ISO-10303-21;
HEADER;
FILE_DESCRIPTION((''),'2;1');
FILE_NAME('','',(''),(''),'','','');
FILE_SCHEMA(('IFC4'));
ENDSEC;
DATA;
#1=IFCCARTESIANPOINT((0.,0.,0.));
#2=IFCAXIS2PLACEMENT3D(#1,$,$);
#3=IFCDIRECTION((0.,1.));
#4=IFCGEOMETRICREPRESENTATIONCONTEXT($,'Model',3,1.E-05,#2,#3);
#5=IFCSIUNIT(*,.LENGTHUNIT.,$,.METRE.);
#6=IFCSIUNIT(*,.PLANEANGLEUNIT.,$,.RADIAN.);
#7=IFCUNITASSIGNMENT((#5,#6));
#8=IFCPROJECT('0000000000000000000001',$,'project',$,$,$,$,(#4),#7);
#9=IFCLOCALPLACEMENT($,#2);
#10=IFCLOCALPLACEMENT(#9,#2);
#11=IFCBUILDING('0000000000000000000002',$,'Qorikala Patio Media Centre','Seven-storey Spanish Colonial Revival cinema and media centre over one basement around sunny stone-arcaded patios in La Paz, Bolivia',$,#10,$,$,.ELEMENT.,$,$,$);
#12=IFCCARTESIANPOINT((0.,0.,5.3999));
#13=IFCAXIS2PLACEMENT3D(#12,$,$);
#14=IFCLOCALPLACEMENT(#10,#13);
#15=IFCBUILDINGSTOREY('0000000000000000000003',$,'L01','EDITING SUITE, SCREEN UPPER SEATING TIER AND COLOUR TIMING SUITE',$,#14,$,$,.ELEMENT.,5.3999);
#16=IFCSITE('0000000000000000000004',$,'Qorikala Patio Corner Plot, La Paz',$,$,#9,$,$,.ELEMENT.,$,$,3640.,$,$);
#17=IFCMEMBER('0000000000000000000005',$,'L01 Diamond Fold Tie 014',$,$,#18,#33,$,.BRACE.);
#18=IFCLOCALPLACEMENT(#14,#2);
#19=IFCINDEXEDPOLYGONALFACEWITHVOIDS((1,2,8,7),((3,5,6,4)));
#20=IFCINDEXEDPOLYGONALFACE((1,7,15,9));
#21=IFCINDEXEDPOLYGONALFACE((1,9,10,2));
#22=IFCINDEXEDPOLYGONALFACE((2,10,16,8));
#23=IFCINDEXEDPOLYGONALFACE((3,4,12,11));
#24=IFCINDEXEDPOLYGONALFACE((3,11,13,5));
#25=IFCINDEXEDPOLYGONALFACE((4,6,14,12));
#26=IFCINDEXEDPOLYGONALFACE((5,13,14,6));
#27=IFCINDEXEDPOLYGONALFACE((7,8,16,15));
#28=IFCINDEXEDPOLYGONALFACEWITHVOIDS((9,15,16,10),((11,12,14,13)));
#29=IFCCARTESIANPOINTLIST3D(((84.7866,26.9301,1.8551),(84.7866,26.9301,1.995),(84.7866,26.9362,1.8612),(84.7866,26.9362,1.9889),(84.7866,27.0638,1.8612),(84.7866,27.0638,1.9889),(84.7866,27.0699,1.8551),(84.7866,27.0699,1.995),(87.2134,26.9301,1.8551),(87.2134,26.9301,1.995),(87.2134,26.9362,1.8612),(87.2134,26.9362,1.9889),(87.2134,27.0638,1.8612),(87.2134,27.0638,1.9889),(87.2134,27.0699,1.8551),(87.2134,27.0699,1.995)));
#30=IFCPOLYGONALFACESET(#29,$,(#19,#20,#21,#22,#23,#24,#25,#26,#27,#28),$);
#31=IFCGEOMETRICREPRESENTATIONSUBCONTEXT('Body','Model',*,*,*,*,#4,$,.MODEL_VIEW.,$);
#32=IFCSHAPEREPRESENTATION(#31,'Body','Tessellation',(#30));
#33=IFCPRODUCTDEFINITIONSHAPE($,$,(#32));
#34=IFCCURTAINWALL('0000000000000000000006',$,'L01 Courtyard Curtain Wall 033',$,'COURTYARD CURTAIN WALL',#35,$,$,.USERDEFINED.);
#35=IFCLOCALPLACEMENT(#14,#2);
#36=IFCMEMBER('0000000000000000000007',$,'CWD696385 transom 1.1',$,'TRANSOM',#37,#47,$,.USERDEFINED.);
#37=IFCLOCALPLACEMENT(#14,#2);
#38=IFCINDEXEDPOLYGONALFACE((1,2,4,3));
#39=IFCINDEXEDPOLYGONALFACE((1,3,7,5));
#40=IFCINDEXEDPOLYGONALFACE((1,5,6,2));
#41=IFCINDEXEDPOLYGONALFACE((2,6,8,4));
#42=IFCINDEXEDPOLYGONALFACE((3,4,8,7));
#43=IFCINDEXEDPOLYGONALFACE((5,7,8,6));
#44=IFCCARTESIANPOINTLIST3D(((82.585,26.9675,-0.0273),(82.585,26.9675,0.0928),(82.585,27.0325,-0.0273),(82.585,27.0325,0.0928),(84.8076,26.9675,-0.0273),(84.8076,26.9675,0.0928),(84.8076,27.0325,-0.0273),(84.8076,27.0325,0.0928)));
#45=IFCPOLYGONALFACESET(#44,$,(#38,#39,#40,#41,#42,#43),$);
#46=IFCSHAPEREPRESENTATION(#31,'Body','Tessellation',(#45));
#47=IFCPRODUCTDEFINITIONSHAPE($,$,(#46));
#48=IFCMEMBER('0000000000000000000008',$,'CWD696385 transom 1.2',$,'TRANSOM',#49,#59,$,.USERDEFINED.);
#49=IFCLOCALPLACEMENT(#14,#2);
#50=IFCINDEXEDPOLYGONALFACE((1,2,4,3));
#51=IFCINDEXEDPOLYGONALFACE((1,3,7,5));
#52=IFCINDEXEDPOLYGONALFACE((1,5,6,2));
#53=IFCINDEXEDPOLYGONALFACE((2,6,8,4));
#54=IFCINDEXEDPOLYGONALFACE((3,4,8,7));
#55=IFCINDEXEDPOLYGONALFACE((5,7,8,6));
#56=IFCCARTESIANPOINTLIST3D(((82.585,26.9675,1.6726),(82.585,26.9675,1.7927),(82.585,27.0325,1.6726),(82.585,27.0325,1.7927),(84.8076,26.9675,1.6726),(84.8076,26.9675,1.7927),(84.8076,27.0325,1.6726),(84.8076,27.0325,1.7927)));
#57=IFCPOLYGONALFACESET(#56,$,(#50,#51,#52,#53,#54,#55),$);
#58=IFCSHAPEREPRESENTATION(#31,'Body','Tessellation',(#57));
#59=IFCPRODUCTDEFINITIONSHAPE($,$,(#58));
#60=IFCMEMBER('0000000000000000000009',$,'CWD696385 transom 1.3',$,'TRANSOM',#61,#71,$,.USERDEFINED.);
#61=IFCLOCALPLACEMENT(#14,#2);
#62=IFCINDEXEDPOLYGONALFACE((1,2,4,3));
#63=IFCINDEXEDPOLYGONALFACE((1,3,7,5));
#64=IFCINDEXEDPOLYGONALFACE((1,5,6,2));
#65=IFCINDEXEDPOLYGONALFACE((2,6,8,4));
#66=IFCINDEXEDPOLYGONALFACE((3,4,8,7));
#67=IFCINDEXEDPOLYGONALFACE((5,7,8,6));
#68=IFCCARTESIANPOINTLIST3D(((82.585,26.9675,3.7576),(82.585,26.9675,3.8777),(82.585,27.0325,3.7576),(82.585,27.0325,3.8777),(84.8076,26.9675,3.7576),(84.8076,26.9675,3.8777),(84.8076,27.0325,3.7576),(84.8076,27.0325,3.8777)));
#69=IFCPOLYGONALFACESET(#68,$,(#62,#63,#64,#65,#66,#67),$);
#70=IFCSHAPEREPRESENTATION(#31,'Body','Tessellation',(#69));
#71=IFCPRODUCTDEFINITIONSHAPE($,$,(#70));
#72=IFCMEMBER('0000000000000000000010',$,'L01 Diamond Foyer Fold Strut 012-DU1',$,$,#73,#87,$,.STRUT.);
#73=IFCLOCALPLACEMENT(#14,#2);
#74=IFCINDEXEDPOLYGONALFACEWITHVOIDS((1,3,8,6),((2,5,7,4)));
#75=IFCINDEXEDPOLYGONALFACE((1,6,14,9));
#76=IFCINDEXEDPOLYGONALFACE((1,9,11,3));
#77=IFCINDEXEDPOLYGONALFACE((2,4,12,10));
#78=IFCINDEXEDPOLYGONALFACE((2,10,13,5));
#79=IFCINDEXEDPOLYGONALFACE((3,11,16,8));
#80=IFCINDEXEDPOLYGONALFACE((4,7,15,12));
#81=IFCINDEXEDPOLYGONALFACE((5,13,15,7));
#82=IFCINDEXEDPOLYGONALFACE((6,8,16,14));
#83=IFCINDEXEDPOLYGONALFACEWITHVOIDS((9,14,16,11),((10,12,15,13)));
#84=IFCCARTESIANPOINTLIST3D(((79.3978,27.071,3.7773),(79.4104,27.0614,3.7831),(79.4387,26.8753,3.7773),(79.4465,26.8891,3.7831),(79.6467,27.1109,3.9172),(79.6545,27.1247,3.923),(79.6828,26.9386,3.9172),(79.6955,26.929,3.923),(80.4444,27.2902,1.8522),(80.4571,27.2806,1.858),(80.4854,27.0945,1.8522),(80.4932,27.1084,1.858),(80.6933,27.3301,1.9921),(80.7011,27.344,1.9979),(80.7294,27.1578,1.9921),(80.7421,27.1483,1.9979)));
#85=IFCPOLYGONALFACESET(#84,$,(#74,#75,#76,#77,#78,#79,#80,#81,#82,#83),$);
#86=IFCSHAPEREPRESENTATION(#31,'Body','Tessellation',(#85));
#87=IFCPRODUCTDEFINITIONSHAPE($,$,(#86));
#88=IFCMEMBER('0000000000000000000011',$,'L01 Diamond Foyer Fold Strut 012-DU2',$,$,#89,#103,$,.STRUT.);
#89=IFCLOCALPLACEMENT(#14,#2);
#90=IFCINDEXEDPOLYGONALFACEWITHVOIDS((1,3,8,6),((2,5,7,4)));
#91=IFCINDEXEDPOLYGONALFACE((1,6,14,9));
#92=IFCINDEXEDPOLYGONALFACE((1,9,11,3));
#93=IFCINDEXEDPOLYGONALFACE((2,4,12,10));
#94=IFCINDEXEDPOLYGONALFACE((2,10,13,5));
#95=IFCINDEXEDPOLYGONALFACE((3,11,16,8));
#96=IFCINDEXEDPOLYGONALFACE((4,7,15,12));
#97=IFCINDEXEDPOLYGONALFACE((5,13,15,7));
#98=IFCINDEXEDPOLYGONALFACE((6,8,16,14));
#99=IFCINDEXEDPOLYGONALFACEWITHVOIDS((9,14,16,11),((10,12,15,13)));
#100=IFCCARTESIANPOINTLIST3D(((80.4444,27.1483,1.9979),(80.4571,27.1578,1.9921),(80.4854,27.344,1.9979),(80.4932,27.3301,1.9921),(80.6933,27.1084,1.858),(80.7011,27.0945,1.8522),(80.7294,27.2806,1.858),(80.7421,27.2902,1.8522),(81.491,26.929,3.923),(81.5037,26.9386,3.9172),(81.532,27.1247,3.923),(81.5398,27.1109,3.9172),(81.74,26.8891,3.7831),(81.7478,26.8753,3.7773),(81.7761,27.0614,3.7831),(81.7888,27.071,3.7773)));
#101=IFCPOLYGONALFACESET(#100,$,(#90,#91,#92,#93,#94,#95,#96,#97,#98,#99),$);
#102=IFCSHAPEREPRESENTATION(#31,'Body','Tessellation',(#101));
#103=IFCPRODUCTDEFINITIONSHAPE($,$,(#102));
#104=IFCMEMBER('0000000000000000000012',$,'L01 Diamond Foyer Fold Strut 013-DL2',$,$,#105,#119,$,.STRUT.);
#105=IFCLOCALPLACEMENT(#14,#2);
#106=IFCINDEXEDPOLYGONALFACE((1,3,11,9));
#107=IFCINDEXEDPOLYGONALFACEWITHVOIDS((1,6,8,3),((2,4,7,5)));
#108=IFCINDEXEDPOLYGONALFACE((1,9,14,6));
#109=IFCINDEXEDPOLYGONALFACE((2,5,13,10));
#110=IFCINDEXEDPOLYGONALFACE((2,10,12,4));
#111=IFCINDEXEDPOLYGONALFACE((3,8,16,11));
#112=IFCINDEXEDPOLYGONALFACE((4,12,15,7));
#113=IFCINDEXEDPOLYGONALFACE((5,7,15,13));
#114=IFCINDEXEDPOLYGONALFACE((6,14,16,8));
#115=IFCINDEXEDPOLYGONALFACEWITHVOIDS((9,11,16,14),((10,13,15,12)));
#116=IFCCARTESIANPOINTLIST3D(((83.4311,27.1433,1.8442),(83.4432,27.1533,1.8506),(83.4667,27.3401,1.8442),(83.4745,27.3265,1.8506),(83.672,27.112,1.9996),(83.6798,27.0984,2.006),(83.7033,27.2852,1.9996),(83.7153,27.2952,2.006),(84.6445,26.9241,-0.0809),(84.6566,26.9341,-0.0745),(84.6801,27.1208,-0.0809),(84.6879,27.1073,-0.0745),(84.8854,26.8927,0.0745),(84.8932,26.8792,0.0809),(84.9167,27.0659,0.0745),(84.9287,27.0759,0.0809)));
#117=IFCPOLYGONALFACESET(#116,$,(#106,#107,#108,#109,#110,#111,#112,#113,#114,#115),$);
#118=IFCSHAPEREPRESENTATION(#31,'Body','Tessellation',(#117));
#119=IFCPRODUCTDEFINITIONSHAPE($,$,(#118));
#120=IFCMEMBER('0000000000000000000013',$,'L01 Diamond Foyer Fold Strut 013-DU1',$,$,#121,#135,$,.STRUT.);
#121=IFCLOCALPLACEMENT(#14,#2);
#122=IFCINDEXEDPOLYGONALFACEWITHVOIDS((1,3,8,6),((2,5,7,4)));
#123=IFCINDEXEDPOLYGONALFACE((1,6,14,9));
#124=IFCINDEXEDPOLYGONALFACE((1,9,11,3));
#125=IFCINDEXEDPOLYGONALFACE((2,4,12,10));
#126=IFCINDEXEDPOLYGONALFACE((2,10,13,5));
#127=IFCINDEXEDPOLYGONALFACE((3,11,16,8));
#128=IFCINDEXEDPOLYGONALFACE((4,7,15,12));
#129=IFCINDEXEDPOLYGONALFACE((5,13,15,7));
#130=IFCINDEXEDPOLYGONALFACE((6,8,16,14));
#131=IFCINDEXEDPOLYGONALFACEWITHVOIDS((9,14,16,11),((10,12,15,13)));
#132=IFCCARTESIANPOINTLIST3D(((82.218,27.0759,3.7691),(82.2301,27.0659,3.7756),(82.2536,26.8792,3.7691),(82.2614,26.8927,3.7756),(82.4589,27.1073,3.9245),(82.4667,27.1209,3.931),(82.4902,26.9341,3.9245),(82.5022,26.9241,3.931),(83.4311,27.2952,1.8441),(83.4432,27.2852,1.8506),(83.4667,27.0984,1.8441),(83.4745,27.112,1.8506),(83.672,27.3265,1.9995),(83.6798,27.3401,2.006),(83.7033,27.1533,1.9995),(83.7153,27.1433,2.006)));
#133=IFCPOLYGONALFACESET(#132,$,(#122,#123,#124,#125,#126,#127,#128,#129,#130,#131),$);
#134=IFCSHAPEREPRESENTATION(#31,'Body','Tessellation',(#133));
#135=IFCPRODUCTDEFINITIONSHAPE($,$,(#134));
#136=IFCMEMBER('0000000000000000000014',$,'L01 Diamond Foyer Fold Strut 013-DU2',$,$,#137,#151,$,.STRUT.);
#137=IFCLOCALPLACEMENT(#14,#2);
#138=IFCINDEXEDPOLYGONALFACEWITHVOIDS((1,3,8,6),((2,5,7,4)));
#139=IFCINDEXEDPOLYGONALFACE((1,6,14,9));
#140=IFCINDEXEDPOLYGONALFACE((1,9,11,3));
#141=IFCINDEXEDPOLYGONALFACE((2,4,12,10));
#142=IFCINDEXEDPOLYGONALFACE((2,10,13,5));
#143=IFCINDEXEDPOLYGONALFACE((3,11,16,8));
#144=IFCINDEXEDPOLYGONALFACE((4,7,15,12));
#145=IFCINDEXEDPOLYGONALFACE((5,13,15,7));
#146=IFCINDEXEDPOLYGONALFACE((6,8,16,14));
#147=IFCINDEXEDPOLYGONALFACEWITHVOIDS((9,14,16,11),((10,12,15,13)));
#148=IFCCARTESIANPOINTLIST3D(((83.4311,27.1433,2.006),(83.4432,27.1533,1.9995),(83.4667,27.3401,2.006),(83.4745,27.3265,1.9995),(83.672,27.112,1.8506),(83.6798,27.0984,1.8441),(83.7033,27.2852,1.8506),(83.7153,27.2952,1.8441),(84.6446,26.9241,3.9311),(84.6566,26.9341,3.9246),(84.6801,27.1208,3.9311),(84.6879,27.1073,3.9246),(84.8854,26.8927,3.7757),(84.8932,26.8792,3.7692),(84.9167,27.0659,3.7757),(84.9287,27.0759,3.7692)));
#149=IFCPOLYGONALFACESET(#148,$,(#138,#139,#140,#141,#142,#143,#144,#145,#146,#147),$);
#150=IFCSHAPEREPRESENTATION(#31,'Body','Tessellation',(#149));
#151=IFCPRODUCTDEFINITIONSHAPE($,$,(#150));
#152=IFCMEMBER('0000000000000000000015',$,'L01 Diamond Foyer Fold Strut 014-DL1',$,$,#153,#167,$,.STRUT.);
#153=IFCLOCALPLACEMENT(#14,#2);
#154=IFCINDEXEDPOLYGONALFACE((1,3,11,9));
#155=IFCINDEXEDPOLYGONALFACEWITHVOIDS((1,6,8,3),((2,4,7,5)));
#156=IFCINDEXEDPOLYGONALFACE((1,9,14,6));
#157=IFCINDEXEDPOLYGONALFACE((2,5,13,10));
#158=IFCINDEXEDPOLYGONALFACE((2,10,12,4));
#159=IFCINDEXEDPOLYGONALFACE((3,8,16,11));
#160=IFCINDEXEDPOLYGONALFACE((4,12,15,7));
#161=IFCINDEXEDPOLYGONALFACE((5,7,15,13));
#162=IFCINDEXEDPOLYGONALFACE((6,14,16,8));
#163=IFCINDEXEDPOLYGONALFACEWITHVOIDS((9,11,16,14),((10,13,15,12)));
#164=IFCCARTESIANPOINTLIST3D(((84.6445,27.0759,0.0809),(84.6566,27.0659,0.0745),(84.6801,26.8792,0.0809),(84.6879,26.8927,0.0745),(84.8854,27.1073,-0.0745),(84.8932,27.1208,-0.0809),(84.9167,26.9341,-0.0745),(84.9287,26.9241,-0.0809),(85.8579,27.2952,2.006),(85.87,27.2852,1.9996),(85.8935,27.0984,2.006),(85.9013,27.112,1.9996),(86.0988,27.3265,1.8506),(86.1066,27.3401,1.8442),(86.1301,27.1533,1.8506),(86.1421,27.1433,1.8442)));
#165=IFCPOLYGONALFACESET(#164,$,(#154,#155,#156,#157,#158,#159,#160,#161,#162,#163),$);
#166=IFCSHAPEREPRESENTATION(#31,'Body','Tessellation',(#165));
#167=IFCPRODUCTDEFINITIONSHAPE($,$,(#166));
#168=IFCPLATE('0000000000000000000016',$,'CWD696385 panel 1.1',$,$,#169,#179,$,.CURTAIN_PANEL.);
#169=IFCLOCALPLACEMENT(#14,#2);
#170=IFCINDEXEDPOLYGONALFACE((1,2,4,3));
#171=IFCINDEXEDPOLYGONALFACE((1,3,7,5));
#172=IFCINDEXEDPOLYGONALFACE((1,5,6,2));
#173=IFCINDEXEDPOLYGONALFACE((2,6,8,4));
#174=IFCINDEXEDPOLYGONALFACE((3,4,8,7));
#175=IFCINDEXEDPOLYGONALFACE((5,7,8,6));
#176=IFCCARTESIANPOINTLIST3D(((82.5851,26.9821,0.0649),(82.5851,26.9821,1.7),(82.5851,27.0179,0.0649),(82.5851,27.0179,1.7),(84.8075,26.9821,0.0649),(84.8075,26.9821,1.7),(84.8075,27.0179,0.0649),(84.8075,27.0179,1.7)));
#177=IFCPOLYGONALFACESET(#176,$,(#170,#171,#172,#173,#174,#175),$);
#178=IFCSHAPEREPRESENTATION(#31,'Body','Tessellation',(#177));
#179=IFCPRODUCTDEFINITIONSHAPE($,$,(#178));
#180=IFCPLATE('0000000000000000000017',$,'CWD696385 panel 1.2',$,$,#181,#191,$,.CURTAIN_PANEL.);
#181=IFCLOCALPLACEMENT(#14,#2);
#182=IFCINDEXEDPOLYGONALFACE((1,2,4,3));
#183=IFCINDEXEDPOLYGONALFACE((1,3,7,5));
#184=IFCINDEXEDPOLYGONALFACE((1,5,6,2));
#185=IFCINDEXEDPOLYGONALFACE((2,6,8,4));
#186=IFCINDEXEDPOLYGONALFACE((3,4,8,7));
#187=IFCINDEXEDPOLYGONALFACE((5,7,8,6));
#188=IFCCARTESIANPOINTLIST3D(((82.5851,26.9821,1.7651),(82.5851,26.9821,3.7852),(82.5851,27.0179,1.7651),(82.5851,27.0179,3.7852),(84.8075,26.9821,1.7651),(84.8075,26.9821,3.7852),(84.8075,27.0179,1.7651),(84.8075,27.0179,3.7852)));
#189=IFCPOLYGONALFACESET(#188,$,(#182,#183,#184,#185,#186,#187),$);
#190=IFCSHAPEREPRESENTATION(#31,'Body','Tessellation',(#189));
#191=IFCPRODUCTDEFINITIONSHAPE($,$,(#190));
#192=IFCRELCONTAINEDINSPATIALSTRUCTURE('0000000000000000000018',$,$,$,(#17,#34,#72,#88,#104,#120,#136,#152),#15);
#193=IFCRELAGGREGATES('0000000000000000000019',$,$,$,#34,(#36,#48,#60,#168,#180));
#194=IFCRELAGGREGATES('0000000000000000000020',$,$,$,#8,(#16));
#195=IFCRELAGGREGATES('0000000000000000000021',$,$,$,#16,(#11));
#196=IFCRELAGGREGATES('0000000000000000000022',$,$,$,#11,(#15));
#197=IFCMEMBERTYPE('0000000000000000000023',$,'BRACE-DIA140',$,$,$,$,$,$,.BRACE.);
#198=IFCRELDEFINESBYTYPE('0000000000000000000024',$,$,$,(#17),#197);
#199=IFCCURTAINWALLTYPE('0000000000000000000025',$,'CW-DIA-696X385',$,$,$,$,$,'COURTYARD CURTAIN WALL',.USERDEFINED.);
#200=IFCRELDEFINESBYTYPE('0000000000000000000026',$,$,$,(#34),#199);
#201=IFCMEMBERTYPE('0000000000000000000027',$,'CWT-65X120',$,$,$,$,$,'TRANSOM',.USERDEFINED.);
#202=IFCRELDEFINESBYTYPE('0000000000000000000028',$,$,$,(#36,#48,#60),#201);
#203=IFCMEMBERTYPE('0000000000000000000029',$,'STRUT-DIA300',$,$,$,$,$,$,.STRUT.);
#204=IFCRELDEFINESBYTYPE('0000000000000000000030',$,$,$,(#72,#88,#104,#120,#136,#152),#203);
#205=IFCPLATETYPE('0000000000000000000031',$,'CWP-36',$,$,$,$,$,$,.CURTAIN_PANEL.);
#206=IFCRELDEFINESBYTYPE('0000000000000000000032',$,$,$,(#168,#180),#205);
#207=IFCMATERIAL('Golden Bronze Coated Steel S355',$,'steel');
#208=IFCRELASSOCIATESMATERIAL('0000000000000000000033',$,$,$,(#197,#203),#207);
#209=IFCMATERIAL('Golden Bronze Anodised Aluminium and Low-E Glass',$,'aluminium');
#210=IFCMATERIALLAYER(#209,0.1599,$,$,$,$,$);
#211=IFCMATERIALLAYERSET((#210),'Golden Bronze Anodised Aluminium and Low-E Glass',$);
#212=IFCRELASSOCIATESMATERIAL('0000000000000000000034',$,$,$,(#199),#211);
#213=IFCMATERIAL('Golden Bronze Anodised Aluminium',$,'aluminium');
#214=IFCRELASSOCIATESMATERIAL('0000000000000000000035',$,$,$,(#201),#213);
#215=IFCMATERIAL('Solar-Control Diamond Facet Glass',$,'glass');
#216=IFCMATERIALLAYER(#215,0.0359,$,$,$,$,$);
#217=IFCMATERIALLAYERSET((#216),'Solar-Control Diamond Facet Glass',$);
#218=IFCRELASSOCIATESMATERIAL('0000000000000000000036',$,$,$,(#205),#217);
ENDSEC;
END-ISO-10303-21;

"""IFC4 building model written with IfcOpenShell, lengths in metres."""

from ifc_helpers import new_model, si_unit, direction, frame, origin, origin_2d, place, context, subcontext, project, spatial, rectangle, hollow_rectangle, extrude, material, layer, layer_set, material_profile, profile_set, type_object, element, aggregate, save


model = new_model("IFC4")

# Units and contexts
model_context = context("Model", 3, precision=1e-05, world=origin(), true_north=direction((0.0, 1.0)))
body_context = subcontext(model_context, "Body", "Model", "MODEL_VIEW")
ifc_project = project(units=[si_unit("LENGTHUNIT", "METRE"), si_unit("PLANEANGLEUNIT", "RADIAN")], contexts=[model_context])

# Site, building, storey
site_placement = place(None, origin())
site = spatial("IfcSite", under=ifc_project, at=site_placement, Name="Qorikala Patio Corner Plot, La Paz", CompositionType="ELEMENT", RefElevation=3640.0)
building_placement = place(site_placement, origin())
building = spatial("IfcBuilding", under=site, at=building_placement, Name="Qorikala Patio Media Centre", Description="Seven-storey Spanish Colonial Revival cinema and media centre over one basement around sunny stone-arcaded patios in La Paz, Bolivia", CompositionType="ELEMENT")
storey_placement = place(building_placement, frame((0.0, 0.0, 5.3999)))
storey = spatial("IfcBuildingStorey", under=building, at=storey_placement, Name="L01", Description="EDITING SUITE, SCREEN UPPER SEATING TIER AND COLOUR TIMING SUITE", CompositionType="ELEMENT", Elevation=5.3999)

# Member
ifc_material_1 = material(Name="Golden Bronze Coated Steel S355", Category="steel")
ifc_material_profile_1 = material_profile(ifc_material_1, hollow_rectangle(XDim=0.1399, YDim=0.1399, WallThickness=0.0061, at=origin_2d()), Name="HSS140X140X6")
ifc_profile_set_1 = profile_set([ifc_material_profile_1], Name="Golden Bronze Coated Steel S355")
member_type_1 = type_object("IfcMemberType", Name="BRACE-DIA140", PredefinedType="BRACE", material=ifc_profile_set_1)
member_1_placement = place(storey_placement, frame((84.7866, 27.0, 1.925), z_axis=(1.0, 0.0, 0.0), x_axis=(0.0, 1.0, 0.0)))
element("IfcMember", 1, at=member_1_placement, inside=storey, type_object=member_type_1, Name="L01 Diamond Fold Tie 014", PredefinedType="BRACE", context=body_context, shape_type="SweptSolid", body=[
    extrude(hollow_rectangle(XDim=0.1399, YDim=0.1399, WallThickness=0.0061, at=origin_2d()), origin(), (0.0, 0.0, 1.0), 2.4268),
])

# Curtain wall, members
ifc_material_2 = material(Name="Golden Bronze Anodised Aluminium and Low-E Glass", Category="aluminium")
ifc_layer_1 = layer(ifc_material_2, 0.1599)
ifc_layer_set_1 = layer_set([ifc_layer_1], Name="Golden Bronze Anodised Aluminium and Low-E Glass")
curtain_wall_type = type_object("IfcCurtainWallType", Name="CW-DIA-696X385", ElementType="COURTYARD CURTAIN WALL", PredefinedType="USERDEFINED", material=ifc_layer_set_1)
curtain_wall_placement = place(storey_placement, origin())
curtain_wall = element("IfcCurtainWall", 2, at=curtain_wall_placement, inside=storey, type_object=curtain_wall_type, Name="L01 Courtyard Curtain Wall 033", ObjectType="COURTYARD CURTAIN WALL", PredefinedType="USERDEFINED")
ifc_material_3 = material(Name="Golden Bronze Anodised Aluminium", Category="aluminium")
ifc_material_profile_2 = material_profile(ifc_material_3, rectangle(XDim=0.0649, YDim=0.1201, at=origin_2d()), Name="ALU TRANSOM 65x120")
ifc_profile_set_2 = profile_set([ifc_material_profile_2], Name="Golden Bronze Anodised Aluminium")
member_type_2 = type_object("IfcMemberType", Name="CWT-65X120", ElementType="TRANSOM", PredefinedType="USERDEFINED", material=ifc_profile_set_2)
member_2_placement = place(storey_placement, frame((82.585, 27.0, 0.0327), z_axis=(1.0, 0.0, 0.0), x_axis=(0.0, 1.0, 0.0)))
member_2 = element("IfcMember", 3, at=member_2_placement, type_object=member_type_2, Name="CWD696385 transom 1.1", ObjectType="TRANSOM", PredefinedType="USERDEFINED", context=body_context, shape_type="SweptSolid", body=[
    extrude(rectangle(XDim=0.0649, YDim=0.1201, at=origin_2d()), origin(), (0.0, 0.0, 1.0), 2.2227),
])
member_3_placement = place(storey_placement, frame((82.585, 27.0, 1.7327), z_axis=(1.0, 0.0, 0.0), x_axis=(0.0, 1.0, 0.0)))
member_3 = element("IfcMember", 4, at=member_3_placement, type_object=member_type_2, Name="CWD696385 transom 1.2", ObjectType="TRANSOM", PredefinedType="USERDEFINED", context=body_context, shape_type="SweptSolid", body=[
    extrude(rectangle(XDim=0.0649, YDim=0.1201, at=origin_2d()), origin(), (0.0, 0.0, 1.0), 2.2227),
])
member_4_placement = place(storey_placement, frame((82.585, 27.0, 3.8176), z_axis=(1.0, 0.0, 0.0), x_axis=(0.0, 1.0, 0.0)))
member_4 = element("IfcMember", 5, at=member_4_placement, type_object=member_type_2, Name="CWD696385 transom 1.3", ObjectType="TRANSOM", PredefinedType="USERDEFINED", context=body_context, shape_type="SweptSolid", body=[
    extrude(rectangle(XDim=0.0649, YDim=0.1201, at=origin_2d()), origin(), (0.0, 0.0, 1.0), 2.2227),
])

# Members
ifc_material_profile_3 = material_profile(ifc_material_1, hollow_rectangle(XDim=0.2, YDim=0.3, WallThickness=0.012, at=origin_2d()), Name="HSS300X200X12")
ifc_profile_set_3 = profile_set([ifc_material_profile_3], Name="Golden Bronze Coated Steel S355")
member_type_3 = type_object("IfcMemberType", Name="STRUT-DIA300", PredefinedType="STRUT", material=ifc_profile_set_3)
for number, where, z_axis, x_axis, name in (
    (6, (80.5933, 27.2192, 1.925), (-0.475284, -0.099558, 0.874181), (0.205021, -0.978758, 0.0), "L01 Diamond Foyer Fold Strut 012-DU1"),
    (7, (80.5933, 27.2192, 1.925), (0.475284, -0.099558, 0.874181), (0.205021, 0.978758, 0.0), "L01 Diamond Foyer Fold Strut 012-DU2"),
):
    element("IfcMember", number, at=place(storey_placement, frame(where, z_axis=z_axis, x_axis=x_axis)), inside=storey, type_object=member_type_3, Name=name, PredefinedType="STRUT", context=body_context, shape_type="SweptSolid", body=[
        extrude(hollow_rectangle(XDim=0.2, YDim=0.3, WallThickness=0.012, at=origin_2d()), origin(), (0.0, 0.0, 1.0), 2.2021),
    ])
member_5_placement = place(storey_placement, frame((84.7866, 27.0, 0.0), z_axis=(-0.530768, 0.095901, 0.842074), x_axis=(-0.177805, -0.984066, 0.0)))
element("IfcMember", 8, at=member_5_placement, inside=storey, type_object=member_type_3, Name="L01 Diamond Foyer Fold Strut 013-DL2", PredefinedType="STRUT", context=body_context, shape_type="SweptSolid", body=[
    extrude(hollow_rectangle(XDim=0.2, YDim=0.3, WallThickness=0.012, at=origin_2d()), origin(), (0.0, 0.0, 1.0), 2.2861),
])
member_6_placement = place(storey_placement, frame((83.5732, 27.2192, 1.925), z_axis=(-0.530691, -0.095907, 0.842121), x_axis=(0.17784, -0.984059, 0.0)))
element("IfcMember", 9, at=member_6_placement, inside=storey, type_object=member_type_3, Name="L01 Diamond Foyer Fold Strut 013-DU1", PredefinedType="STRUT", context=body_context, shape_type="SweptSolid", body=[
    extrude(hollow_rectangle(XDim=0.2, YDim=0.3, WallThickness=0.012, at=origin_2d()), origin(), (0.0, 0.0, 1.0), 2.2859),
])
for number, where, z_axis, x_axis, name in (
    (10, (83.5732, 27.2192, 1.925), (0.530768, -0.095901, 0.842074), (0.177805, 0.984066, 0.0), "L01 Diamond Foyer Fold Strut 013-DU2"),
    (11, (84.7866, 27.0, 0.0), (0.530768, 0.095901, 0.842074), (-0.177805, 0.984066, 0.0), "L01 Diamond Foyer Fold Strut 014-DL1"),
):
    element("IfcMember", number, at=place(storey_placement, frame(where, z_axis=z_axis, x_axis=x_axis)), inside=storey, type_object=member_type_3, Name=name, PredefinedType="STRUT", context=body_context, shape_type="SweptSolid", body=[
        extrude(hollow_rectangle(XDim=0.2, YDim=0.3, WallThickness=0.012, at=origin_2d()), origin(), (0.0, 0.0, 1.0), 2.2861),
    ])

# Plates
ifc_material_4 = material(Name="Solar-Control Diamond Facet Glass", Category="glass")
ifc_layer_2 = layer(ifc_material_4, 0.0359)
ifc_layer_set_2 = layer_set([ifc_layer_2], Name="Solar-Control Diamond Facet Glass")
plate_type_1 = type_object("IfcPlateType", Name="CWP-36", PredefinedType="CURTAIN_PANEL", material=ifc_layer_set_2)
plate_1_placement = place(storey_placement, frame((83.6963, 27.0, 0.0649), z_axis=(0.0, 0.0, 1.0), x_axis=(1.0, 0.0, 0.0)))
plate_1 = element("IfcPlate", 12, at=plate_1_placement, type_object=plate_type_1, Name="CWD696385 panel 1.1", PredefinedType="CURTAIN_PANEL", context=body_context, shape_type="SweptSolid", body=[
    extrude(rectangle(XDim=2.2224, YDim=0.0359, at=origin_2d()), origin(), (0.0, 0.0, 1.0), 1.635),
])
plate_2_placement = place(storey_placement, frame((83.6963, 27.0, 1.7651), z_axis=(0.0, 0.0, 1.0), x_axis=(1.0, 0.0, 0.0)))
plate_2 = element("IfcPlate", 13, at=plate_2_placement, type_object=plate_type_1, Name="CWD696385 panel 1.2", PredefinedType="CURTAIN_PANEL", context=body_context, shape_type="SweptSolid", body=[
    extrude(rectangle(XDim=2.2224, YDim=0.0359, at=origin_2d()), origin(), (0.0, 0.0, 1.0), 2.02),
])
aggregate(curtain_wall, [member_2, member_3, member_4, plate_1, plate_2])

save(model, "model.ifc")
